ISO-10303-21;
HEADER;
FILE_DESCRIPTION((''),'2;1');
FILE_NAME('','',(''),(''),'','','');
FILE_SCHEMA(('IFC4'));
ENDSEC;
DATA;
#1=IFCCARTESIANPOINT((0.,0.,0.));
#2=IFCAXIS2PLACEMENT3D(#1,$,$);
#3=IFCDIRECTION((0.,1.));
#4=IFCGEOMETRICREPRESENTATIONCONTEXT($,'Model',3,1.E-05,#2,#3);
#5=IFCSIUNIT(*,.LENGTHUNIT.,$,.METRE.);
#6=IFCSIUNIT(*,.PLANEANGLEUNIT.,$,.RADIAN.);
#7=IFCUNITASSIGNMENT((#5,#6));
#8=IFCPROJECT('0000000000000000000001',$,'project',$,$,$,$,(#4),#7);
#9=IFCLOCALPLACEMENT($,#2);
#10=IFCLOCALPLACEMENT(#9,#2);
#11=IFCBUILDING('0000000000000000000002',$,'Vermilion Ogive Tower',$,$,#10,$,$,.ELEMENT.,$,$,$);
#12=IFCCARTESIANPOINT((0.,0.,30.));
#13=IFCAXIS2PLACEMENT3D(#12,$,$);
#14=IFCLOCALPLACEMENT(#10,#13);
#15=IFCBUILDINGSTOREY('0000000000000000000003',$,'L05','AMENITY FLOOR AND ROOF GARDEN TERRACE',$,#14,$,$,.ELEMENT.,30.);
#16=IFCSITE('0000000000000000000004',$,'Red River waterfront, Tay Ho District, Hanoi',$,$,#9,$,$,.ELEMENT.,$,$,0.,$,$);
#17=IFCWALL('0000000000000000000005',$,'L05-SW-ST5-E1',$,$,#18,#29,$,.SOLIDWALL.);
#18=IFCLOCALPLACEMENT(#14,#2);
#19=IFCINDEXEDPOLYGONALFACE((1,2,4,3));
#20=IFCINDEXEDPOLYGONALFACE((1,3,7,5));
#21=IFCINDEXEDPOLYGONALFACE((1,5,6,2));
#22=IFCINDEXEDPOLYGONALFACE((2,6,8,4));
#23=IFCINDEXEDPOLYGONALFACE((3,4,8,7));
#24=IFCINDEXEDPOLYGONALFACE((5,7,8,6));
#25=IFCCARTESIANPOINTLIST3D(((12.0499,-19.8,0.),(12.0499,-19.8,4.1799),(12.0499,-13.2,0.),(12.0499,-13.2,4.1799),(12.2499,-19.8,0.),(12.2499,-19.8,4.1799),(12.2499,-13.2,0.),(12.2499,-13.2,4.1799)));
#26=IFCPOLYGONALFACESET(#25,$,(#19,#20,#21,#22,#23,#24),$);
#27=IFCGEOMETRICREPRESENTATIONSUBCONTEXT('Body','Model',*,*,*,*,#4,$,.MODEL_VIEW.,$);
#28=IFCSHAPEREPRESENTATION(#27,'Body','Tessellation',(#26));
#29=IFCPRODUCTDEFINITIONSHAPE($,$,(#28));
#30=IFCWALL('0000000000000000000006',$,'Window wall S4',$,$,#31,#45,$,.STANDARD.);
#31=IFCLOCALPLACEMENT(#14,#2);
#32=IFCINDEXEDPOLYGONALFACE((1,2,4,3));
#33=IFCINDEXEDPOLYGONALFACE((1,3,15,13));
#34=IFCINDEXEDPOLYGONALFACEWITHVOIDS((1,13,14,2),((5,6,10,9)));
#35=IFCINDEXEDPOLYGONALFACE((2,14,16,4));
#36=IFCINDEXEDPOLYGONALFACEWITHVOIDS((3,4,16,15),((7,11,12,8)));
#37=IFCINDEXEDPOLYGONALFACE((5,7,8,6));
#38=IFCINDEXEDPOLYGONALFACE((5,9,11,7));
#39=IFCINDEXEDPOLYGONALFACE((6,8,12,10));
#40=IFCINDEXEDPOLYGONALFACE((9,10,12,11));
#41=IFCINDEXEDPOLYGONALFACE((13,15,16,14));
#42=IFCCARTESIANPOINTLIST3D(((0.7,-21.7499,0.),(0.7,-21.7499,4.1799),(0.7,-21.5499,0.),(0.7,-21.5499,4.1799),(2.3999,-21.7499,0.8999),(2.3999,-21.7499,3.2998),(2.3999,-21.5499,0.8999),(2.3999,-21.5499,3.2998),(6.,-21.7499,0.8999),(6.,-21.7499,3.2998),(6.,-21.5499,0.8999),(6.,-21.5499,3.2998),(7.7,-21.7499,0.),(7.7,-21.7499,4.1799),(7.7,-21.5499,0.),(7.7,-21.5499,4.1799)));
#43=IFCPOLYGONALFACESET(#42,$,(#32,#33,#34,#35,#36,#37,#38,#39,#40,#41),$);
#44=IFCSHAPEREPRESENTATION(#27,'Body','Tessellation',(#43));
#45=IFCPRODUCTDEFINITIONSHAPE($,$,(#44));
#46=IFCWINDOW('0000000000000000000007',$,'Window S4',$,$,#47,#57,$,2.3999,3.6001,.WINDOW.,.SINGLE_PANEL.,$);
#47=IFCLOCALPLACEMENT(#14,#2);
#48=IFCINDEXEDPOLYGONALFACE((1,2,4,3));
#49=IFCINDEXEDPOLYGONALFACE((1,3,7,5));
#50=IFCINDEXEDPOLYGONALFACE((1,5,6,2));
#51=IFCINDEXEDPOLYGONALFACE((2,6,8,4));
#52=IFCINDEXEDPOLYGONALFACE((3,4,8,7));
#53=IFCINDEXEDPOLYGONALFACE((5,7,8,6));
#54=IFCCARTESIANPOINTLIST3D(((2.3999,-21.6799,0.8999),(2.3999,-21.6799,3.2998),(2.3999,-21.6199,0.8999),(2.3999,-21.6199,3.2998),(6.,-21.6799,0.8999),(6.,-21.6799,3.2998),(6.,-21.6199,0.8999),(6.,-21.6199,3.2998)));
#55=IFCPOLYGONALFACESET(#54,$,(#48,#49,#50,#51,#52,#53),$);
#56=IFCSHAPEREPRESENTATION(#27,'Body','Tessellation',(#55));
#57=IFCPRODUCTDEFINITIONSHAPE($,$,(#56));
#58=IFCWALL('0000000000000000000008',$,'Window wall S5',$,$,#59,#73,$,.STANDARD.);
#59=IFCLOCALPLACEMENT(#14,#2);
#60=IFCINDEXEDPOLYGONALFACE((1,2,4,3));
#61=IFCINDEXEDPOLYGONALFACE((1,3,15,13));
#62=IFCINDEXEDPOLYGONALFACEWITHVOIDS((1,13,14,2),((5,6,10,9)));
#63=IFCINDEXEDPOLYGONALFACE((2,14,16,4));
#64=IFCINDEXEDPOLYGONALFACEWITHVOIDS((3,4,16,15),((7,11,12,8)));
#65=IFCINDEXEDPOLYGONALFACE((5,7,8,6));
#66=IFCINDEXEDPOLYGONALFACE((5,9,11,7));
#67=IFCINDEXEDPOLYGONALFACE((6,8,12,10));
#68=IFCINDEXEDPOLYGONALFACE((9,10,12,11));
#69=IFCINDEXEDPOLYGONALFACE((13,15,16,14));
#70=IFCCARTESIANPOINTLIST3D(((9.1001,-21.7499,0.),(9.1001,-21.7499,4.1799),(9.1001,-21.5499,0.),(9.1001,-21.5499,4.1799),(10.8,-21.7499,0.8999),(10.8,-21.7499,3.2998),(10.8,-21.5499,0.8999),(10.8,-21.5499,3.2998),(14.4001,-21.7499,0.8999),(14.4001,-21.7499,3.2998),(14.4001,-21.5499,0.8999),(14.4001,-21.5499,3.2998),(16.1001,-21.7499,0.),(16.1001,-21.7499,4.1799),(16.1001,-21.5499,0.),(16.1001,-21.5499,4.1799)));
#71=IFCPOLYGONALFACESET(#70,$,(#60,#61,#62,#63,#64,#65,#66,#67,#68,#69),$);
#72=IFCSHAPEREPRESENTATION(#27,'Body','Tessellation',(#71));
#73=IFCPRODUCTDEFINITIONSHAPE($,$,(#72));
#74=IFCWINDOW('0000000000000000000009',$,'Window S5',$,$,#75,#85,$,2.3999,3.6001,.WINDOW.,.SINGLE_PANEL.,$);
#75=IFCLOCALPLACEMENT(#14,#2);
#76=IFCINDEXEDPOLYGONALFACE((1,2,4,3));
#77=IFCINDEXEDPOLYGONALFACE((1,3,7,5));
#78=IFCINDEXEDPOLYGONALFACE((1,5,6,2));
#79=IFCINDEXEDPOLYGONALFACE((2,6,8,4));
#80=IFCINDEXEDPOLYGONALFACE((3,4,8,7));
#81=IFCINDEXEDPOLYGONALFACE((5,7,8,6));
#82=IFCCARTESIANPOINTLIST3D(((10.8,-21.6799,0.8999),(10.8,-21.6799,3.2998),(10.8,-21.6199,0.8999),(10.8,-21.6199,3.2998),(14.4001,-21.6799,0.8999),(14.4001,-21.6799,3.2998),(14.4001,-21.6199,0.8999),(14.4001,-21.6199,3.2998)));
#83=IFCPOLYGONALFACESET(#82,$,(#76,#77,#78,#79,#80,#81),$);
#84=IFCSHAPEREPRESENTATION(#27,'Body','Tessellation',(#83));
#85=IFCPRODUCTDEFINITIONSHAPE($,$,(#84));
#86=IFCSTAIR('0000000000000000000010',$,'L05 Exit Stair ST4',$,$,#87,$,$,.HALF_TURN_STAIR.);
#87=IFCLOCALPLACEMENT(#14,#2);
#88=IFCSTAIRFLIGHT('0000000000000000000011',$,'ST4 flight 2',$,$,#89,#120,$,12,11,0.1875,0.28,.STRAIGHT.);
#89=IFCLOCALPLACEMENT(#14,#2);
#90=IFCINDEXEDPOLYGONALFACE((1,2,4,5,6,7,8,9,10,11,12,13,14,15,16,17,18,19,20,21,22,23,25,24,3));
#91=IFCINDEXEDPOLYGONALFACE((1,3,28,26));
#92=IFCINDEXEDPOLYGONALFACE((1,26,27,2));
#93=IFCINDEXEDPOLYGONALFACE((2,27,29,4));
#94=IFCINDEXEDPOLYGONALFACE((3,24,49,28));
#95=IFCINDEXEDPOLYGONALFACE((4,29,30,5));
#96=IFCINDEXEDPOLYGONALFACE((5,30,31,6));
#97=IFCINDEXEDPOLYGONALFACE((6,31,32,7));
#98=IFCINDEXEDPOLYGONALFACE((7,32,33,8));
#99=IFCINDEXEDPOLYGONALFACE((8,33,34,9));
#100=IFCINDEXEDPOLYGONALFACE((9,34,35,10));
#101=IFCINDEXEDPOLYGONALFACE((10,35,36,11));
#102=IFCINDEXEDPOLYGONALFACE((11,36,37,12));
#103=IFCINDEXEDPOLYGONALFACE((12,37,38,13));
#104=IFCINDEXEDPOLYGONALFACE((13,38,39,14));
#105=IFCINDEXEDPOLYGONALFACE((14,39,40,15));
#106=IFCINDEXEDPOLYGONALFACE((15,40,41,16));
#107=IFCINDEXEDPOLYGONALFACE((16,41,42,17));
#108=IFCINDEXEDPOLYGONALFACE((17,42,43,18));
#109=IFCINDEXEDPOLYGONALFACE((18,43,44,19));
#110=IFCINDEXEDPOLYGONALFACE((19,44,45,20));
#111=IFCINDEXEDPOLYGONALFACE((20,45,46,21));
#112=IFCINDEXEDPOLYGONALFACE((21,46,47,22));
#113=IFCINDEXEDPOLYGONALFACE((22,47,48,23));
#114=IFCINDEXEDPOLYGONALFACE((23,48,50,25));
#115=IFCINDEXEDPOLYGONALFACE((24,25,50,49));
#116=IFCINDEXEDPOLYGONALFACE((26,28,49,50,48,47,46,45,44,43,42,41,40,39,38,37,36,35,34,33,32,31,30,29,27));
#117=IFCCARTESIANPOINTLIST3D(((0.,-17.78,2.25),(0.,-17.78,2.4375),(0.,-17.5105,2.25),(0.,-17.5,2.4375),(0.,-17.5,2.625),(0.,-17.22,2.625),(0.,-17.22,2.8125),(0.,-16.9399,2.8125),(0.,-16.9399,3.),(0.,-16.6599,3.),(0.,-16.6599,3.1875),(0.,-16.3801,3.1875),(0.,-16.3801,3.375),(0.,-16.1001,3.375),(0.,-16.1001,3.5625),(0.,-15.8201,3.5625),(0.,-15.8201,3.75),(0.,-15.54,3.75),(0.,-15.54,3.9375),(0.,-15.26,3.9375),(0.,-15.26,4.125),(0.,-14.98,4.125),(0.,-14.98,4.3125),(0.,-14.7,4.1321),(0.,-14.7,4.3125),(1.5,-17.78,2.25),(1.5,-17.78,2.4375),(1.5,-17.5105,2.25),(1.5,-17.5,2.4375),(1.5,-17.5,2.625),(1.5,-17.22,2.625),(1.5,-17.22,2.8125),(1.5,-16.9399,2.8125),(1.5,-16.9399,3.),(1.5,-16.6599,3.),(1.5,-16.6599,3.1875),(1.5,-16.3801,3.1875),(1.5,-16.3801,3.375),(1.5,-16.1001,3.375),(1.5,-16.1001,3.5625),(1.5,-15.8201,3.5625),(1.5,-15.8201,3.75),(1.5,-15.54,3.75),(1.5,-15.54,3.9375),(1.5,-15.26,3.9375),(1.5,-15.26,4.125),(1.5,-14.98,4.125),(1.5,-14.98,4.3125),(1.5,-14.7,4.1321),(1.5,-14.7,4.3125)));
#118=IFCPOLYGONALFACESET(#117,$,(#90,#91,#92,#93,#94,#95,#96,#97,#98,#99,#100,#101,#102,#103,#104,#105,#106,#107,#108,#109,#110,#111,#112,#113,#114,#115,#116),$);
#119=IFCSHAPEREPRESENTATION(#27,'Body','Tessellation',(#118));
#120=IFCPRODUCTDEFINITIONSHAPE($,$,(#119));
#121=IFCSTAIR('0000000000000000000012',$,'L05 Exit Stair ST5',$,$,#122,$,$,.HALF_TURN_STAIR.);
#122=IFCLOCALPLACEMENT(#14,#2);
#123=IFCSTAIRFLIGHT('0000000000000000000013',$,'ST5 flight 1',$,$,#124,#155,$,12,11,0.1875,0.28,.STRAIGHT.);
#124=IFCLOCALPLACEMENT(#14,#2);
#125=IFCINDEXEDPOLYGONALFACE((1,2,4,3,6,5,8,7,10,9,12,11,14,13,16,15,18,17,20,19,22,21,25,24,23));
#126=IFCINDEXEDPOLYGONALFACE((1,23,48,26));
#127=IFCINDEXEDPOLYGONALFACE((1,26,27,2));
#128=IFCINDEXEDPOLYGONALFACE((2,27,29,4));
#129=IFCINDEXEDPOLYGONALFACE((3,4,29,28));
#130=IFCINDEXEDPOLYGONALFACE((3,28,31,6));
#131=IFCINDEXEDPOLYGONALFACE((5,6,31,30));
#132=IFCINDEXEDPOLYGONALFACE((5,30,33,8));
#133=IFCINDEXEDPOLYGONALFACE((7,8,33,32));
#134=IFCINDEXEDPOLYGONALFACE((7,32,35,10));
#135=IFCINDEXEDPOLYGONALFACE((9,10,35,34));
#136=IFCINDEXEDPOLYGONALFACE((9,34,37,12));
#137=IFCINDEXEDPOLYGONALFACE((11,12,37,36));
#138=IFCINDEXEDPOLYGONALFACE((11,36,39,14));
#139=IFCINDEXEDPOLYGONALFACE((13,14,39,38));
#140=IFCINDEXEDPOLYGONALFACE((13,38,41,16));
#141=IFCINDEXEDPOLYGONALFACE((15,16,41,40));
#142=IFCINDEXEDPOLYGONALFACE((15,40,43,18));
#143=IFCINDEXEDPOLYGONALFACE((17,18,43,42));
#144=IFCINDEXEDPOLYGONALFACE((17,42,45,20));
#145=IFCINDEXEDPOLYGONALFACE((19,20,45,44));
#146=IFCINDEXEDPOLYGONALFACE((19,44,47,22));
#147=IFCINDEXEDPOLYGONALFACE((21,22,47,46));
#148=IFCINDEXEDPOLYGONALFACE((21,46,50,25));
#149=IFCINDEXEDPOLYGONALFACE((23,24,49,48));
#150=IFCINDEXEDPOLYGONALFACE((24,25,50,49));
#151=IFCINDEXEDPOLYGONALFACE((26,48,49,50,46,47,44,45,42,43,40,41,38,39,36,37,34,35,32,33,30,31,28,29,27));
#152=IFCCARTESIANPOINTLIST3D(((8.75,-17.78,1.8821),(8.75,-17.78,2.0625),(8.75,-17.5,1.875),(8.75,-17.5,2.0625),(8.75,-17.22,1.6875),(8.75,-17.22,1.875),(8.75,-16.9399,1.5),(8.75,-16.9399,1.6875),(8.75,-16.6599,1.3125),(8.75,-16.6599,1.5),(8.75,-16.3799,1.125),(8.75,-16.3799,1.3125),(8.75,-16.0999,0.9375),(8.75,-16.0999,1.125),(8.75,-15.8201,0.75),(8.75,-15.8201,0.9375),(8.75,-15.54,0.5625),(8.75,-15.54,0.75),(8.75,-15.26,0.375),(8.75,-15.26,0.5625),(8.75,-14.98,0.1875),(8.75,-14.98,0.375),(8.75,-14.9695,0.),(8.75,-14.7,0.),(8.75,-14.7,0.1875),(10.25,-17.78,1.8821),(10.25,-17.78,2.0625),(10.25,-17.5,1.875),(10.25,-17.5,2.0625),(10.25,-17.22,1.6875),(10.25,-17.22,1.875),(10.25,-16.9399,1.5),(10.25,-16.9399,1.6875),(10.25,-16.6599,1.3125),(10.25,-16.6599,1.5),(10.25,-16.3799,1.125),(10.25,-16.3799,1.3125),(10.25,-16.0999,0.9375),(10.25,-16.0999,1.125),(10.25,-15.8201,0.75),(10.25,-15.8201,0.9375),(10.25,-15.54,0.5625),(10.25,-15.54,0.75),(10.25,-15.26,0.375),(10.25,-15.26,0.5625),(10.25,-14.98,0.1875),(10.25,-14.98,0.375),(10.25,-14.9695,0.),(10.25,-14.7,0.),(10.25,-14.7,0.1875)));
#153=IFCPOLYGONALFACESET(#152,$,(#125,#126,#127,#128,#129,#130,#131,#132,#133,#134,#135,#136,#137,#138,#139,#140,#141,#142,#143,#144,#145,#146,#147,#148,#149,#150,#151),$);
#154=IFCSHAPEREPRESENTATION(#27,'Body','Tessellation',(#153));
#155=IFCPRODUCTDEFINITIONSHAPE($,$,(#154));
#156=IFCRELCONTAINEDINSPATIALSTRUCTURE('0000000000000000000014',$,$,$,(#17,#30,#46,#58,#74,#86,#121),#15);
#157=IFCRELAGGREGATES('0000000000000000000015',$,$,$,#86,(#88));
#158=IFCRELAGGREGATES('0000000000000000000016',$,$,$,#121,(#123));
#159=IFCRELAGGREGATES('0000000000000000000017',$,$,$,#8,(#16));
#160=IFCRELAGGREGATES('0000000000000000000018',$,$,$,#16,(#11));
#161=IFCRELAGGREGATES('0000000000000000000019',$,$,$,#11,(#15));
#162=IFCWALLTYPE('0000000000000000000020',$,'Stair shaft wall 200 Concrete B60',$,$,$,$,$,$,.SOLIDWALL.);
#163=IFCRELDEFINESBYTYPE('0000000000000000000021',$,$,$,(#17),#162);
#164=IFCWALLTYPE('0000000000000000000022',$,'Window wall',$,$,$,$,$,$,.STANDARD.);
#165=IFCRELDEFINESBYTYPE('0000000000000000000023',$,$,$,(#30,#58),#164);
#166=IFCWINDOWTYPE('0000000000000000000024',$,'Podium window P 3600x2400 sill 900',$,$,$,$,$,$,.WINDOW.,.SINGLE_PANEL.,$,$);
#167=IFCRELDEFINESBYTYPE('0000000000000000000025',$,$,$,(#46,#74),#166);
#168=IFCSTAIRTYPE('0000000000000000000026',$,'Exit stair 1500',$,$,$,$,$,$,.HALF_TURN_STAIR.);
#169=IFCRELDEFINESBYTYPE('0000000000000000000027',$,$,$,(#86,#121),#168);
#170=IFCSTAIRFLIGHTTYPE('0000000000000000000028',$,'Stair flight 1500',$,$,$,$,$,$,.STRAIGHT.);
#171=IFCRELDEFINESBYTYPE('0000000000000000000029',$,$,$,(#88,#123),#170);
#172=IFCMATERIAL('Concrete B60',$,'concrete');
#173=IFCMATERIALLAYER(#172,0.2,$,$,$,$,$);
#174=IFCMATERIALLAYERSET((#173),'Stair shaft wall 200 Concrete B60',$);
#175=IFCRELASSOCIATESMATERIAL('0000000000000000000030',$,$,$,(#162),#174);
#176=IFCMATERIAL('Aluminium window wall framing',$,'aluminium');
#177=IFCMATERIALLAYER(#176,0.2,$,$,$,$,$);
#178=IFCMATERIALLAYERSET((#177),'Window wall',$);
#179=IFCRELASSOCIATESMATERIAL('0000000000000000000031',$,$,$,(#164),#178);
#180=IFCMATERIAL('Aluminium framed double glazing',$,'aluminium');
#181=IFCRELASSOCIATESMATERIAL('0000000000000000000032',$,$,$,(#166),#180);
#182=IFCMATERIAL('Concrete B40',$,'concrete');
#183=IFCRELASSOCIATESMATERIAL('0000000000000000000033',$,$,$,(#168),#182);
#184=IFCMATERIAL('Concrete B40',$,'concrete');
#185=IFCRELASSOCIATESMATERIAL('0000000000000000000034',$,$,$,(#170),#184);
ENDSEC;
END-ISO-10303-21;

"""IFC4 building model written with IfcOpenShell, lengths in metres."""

from ifc_helpers import new_model, si_unit, direction, frame, frame_2d, origin, place, context, subcontext, project, spatial, polyline, rectangle, outline, extrude, material, layer, layer_set, type_object, element, fill, aggregate, save


model = new_model("IFC4")

# Units and contexts
model_context = context("Model", 3, precision=1e-05, world=origin(), true_north=direction((0.0, 1.0)))
body_context = subcontext(model_context, "Body", "Model", "MODEL_VIEW")
ifc_project = project(units=[si_unit("LENGTHUNIT", "METRE"), si_unit("PLANEANGLEUNIT", "RADIAN")], contexts=[model_context])

# Site, building, storey
site_placement = place(None, origin())
site = spatial("IfcSite", under=ifc_project, at=site_placement, Name="Red River waterfront, Tay Ho District, Hanoi", CompositionType="ELEMENT", RefElevation=0.0)
building_placement = place(site_placement, origin())
building = spatial("IfcBuilding", under=site, at=building_placement, Name="Vermilion Ogive Tower", CompositionType="ELEMENT")
storey_placement = place(building_placement, frame((0.0, 0.0, 30.0)))
storey = spatial("IfcBuildingStorey", under=building, at=storey_placement, Name="L05", Description="AMENITY FLOOR AND ROOF GARDEN TERRACE", CompositionType="ELEMENT", Elevation=30.0)

# Wall
ifc_material_1 = material(Name="Concrete B60", Category="concrete")
ifc_layer_1 = layer(ifc_material_1, 0.2)
ifc_layer_set_1 = layer_set([ifc_layer_1], Name="Stair shaft wall 200 Concrete B60")
wall_type_1 = type_object("IfcWallType", Name="Stair shaft wall 200 Concrete B60", PredefinedType="SOLIDWALL", material=ifc_layer_set_1)
wall_1_placement = place(storey_placement, frame((12.1499, -19.8, 0.0), z_axis=(0.0, 0.0, 1.0), x_axis=(0.0, 1.0, 0.0)))
element("IfcWall", 1, at=wall_1_placement, inside=storey, type_object=wall_type_1, Name="L05-SW-ST5-E1", PredefinedType="SOLIDWALL", context=body_context, shape_type="SweptSolid", body=[
    extrude(rectangle(XDim=6.6001, YDim=0.2, at=frame_2d((3.3, 0.0))), origin(), (0.0, 0.0, 1.0), 4.1799),
])

# Walls, openings, windows
ifc_material_2 = material(Name="Aluminium window wall framing", Category="aluminium")
ifc_layer_2 = layer(ifc_material_2, 0.2)
ifc_layer_set_2 = layer_set([ifc_layer_2], Name="Window wall")
wall_type_2 = type_object("IfcWallType", Name="Window wall", PredefinedType="STANDARD", material=ifc_layer_set_2)
wall_2_placement = place(storey_placement, frame((0.7, -21.6499, 0.0), z_axis=(0.0, 0.0, 1.0), x_axis=(1.0, 0.0, 0.0)))
wall_2 = element("IfcWall", 2, at=wall_2_placement, inside=storey, type_object=wall_type_2, Name="Window wall S4", PredefinedType="STANDARD", context=body_context, shape_type="SweptSolid", body=[
    extrude(rectangle(XDim=7.0, YDim=0.2, at=frame_2d((3.5, 0.0))), origin(), (0.0, 0.0, 1.0), 4.1799),
])
opening_1_placement = place(wall_2_placement, frame((1.7, 0.0, 0.8999)))
opening_1 = element("IfcOpeningElement", 3, at=opening_1_placement, cuts=wall_2, PredefinedType="OPENING", context=body_context, shape_type="SweptSolid", body=[
    extrude(rectangle(XDim=3.6001, YDim=2.3999, at=frame_2d((1.8, 1.2))), frame((0.0, 0.1099, 0.0), z_axis=(0.0, -1.0, 0.0), x_axis=(1.0, 0.0, 0.0)), (0.0, 0.0, 1.0), 0.22),
])
ifc_material_3 = material(Name="Aluminium framed double glazing", Category="aluminium")
window_type = type_object("IfcWindowType", Name="Podium window P 3600x2400 sill 900", PartitioningType="SINGLE_PANEL", PredefinedType="WINDOW", material=ifc_material_3)
window_1_placement = place(opening_1_placement, origin())
window_1 = element("IfcWindow", 4, at=window_1_placement, inside=storey, type_object=window_type, Name="Window S4", OverallHeight=2.3999, OverallWidth=3.6001, PartitioningType="SINGLE_PANEL", PredefinedType="WINDOW", context=body_context, shape_type="SweptSolid", body=[
    extrude(rectangle(XDim=3.6001, YDim=2.3999, at=frame_2d((1.8, 1.2))), frame((0.0, 0.03, 0.0), z_axis=(0.0, -1.0, 0.0), x_axis=(1.0, 0.0, 0.0)), (0.0, 0.0, 1.0), 0.0601),
])
fill(opening_1, window_1)
wall_3_placement = place(storey_placement, frame((9.1001, -21.6499, 0.0), z_axis=(0.0, 0.0, 1.0), x_axis=(1.0, 0.0, 0.0)))
wall_3 = element("IfcWall", 5, at=wall_3_placement, inside=storey, type_object=wall_type_2, Name="Window wall S5", PredefinedType="STANDARD", context=body_context, shape_type="SweptSolid", body=[
    extrude(rectangle(XDim=7.0, YDim=0.2, at=frame_2d((3.5, 0.0))), origin(), (0.0, 0.0, 1.0), 4.1799),
])
opening_2_placement = place(wall_3_placement, frame((1.7, 0.0, 0.8999)))
opening_2 = element("IfcOpeningElement", 6, at=opening_2_placement, cuts=wall_3, PredefinedType="OPENING", context=body_context, shape_type="SweptSolid", body=[
    extrude(rectangle(XDim=3.6001, YDim=2.3999, at=frame_2d((1.8, 1.2))), frame((0.0, 0.1099, 0.0), z_axis=(0.0, -1.0, 0.0), x_axis=(1.0, 0.0, 0.0)), (0.0, 0.0, 1.0), 0.22),
])
window_2_placement = place(opening_2_placement, origin())
window_2 = element("IfcWindow", 7, at=window_2_placement, inside=storey, type_object=window_type, Name="Window S5", OverallHeight=2.3999, OverallWidth=3.6001, PartitioningType="SINGLE_PANEL", PredefinedType="WINDOW", context=body_context, shape_type="SweptSolid", body=[
    extrude(rectangle(XDim=3.6001, YDim=2.3999, at=frame_2d((1.8, 1.2))), frame((0.0, 0.03, 0.0), z_axis=(0.0, -1.0, 0.0), x_axis=(1.0, 0.0, 0.0)), (0.0, 0.0, 1.0), 0.0601),
])
fill(opening_2, window_2)

# Stair, stair flight
ifc_material_4 = material(Name="Concrete B40", Category="concrete")
stair_type = type_object("IfcStairType", Name="Exit stair 1500", PredefinedType="HALF_TURN_STAIR", material=ifc_material_4)
stair_1_placement = place(storey_placement, origin())
stair_1 = element("IfcStair", 8, at=stair_1_placement, inside=storey, type_object=stair_type, Name="L05 Exit Stair ST4", PredefinedType="HALF_TURN_STAIR")
ifc_material_5 = material(Name="Concrete B40", Category="concrete")
stair_flight_type = type_object("IfcStairFlightType", Name="Stair flight 1500", PredefinedType="STRAIGHT", material=ifc_material_5)
stair_flight_1_placement = place(storey_placement, frame((0.75, -17.78, 2.25), z_axis=(0.0, 0.0, 1.0), x_axis=(0.0, 1.0, 0.0)))
stair_flight_1 = element("IfcStairFlight", 9, at=stair_flight_1_placement, type_object=stair_flight_type, Name="ST4 flight 2", NumberOfRisers=12, NumberOfTreads=11, PredefinedType="STRAIGHT", RiserHeight=0.1875, TreadLength=0.28, context=body_context, shape_type="SweptSolid", body=[
    extrude(outline(polyline([(0.0, 0.0), (0.0, 0.1875), (0.28, 0.1875), (0.28, 0.375), (0.5601, 0.375), (0.5601, 0.5625), (0.8401, 0.5625), (0.8401, 0.75), (1.1201, 0.75), (1.1201, 0.9375), (1.3999, 0.9375), (1.3999, 1.125), (1.6799, 1.125), (1.6799, 1.3125), (1.96, 1.3125), (1.96, 1.5), (2.24, 1.5), (2.24, 1.6875), (2.52, 1.6875), (2.52, 1.875), (2.8, 1.875), (2.8, 2.0625), (3.0801, 2.0625), (3.0801, 2.25), (3.0801, 1.8821), (0.2695, 0.0), (0.0, 0.0)])), frame((0.0, 0.75, 0.0), z_axis=(0.0, -1.0, 0.0), x_axis=(1.0, 0.0, 0.0)), (0.0, 0.0, 1.0), 1.5),
])
aggregate(stair_1, [stair_flight_1])

# Stair, stair flight
stair_2_placement = place(storey_placement, origin())
stair_2 = element("IfcStair", 10, at=stair_2_placement, inside=storey, type_object=stair_type, Name="L05 Exit Stair ST5", PredefinedType="HALF_TURN_STAIR")
stair_flight_2_placement = place(storey_placement, frame((9.5, -14.7, 0.0), z_axis=(0.0, 0.0, 1.0), x_axis=(0.0, -1.0, 0.0)))
stair_flight_2 = element("IfcStairFlight", 11, at=stair_flight_2_placement, type_object=stair_flight_type, Name="ST5 flight 1", NumberOfRisers=12, NumberOfTreads=11, PredefinedType="STRAIGHT", RiserHeight=0.1875, TreadLength=0.28, context=body_context, shape_type="SweptSolid", body=[
    extrude(outline(polyline([(0.0, 0.0), (0.0, 0.1875), (0.28, 0.1875), (0.28, 0.375), (0.5601, 0.375), (0.5601, 0.5625), (0.8401, 0.5625), (0.8401, 0.75), (1.1201, 0.75), (1.1201, 0.9375), (1.3999, 0.9375), (1.3999, 1.125), (1.6799, 1.125), (1.6799, 1.3125), (1.96, 1.3125), (1.96, 1.5), (2.24, 1.5), (2.24, 1.6875), (2.52, 1.6875), (2.52, 1.875), (2.8, 1.875), (2.8, 2.0625), (3.0801, 2.0625), (3.0801, 2.25), (3.0801, 1.8821), (0.2695, 0.0), (0.0, 0.0)])), frame((0.0, 0.75, 0.0), z_axis=(0.0, -1.0, 0.0), x_axis=(1.0, 0.0, 0.0)), (0.0, 0.0, 1.0), 1.5),
])
aggregate(stair_2, [stair_flight_2])

save(model, "model.ifc")
